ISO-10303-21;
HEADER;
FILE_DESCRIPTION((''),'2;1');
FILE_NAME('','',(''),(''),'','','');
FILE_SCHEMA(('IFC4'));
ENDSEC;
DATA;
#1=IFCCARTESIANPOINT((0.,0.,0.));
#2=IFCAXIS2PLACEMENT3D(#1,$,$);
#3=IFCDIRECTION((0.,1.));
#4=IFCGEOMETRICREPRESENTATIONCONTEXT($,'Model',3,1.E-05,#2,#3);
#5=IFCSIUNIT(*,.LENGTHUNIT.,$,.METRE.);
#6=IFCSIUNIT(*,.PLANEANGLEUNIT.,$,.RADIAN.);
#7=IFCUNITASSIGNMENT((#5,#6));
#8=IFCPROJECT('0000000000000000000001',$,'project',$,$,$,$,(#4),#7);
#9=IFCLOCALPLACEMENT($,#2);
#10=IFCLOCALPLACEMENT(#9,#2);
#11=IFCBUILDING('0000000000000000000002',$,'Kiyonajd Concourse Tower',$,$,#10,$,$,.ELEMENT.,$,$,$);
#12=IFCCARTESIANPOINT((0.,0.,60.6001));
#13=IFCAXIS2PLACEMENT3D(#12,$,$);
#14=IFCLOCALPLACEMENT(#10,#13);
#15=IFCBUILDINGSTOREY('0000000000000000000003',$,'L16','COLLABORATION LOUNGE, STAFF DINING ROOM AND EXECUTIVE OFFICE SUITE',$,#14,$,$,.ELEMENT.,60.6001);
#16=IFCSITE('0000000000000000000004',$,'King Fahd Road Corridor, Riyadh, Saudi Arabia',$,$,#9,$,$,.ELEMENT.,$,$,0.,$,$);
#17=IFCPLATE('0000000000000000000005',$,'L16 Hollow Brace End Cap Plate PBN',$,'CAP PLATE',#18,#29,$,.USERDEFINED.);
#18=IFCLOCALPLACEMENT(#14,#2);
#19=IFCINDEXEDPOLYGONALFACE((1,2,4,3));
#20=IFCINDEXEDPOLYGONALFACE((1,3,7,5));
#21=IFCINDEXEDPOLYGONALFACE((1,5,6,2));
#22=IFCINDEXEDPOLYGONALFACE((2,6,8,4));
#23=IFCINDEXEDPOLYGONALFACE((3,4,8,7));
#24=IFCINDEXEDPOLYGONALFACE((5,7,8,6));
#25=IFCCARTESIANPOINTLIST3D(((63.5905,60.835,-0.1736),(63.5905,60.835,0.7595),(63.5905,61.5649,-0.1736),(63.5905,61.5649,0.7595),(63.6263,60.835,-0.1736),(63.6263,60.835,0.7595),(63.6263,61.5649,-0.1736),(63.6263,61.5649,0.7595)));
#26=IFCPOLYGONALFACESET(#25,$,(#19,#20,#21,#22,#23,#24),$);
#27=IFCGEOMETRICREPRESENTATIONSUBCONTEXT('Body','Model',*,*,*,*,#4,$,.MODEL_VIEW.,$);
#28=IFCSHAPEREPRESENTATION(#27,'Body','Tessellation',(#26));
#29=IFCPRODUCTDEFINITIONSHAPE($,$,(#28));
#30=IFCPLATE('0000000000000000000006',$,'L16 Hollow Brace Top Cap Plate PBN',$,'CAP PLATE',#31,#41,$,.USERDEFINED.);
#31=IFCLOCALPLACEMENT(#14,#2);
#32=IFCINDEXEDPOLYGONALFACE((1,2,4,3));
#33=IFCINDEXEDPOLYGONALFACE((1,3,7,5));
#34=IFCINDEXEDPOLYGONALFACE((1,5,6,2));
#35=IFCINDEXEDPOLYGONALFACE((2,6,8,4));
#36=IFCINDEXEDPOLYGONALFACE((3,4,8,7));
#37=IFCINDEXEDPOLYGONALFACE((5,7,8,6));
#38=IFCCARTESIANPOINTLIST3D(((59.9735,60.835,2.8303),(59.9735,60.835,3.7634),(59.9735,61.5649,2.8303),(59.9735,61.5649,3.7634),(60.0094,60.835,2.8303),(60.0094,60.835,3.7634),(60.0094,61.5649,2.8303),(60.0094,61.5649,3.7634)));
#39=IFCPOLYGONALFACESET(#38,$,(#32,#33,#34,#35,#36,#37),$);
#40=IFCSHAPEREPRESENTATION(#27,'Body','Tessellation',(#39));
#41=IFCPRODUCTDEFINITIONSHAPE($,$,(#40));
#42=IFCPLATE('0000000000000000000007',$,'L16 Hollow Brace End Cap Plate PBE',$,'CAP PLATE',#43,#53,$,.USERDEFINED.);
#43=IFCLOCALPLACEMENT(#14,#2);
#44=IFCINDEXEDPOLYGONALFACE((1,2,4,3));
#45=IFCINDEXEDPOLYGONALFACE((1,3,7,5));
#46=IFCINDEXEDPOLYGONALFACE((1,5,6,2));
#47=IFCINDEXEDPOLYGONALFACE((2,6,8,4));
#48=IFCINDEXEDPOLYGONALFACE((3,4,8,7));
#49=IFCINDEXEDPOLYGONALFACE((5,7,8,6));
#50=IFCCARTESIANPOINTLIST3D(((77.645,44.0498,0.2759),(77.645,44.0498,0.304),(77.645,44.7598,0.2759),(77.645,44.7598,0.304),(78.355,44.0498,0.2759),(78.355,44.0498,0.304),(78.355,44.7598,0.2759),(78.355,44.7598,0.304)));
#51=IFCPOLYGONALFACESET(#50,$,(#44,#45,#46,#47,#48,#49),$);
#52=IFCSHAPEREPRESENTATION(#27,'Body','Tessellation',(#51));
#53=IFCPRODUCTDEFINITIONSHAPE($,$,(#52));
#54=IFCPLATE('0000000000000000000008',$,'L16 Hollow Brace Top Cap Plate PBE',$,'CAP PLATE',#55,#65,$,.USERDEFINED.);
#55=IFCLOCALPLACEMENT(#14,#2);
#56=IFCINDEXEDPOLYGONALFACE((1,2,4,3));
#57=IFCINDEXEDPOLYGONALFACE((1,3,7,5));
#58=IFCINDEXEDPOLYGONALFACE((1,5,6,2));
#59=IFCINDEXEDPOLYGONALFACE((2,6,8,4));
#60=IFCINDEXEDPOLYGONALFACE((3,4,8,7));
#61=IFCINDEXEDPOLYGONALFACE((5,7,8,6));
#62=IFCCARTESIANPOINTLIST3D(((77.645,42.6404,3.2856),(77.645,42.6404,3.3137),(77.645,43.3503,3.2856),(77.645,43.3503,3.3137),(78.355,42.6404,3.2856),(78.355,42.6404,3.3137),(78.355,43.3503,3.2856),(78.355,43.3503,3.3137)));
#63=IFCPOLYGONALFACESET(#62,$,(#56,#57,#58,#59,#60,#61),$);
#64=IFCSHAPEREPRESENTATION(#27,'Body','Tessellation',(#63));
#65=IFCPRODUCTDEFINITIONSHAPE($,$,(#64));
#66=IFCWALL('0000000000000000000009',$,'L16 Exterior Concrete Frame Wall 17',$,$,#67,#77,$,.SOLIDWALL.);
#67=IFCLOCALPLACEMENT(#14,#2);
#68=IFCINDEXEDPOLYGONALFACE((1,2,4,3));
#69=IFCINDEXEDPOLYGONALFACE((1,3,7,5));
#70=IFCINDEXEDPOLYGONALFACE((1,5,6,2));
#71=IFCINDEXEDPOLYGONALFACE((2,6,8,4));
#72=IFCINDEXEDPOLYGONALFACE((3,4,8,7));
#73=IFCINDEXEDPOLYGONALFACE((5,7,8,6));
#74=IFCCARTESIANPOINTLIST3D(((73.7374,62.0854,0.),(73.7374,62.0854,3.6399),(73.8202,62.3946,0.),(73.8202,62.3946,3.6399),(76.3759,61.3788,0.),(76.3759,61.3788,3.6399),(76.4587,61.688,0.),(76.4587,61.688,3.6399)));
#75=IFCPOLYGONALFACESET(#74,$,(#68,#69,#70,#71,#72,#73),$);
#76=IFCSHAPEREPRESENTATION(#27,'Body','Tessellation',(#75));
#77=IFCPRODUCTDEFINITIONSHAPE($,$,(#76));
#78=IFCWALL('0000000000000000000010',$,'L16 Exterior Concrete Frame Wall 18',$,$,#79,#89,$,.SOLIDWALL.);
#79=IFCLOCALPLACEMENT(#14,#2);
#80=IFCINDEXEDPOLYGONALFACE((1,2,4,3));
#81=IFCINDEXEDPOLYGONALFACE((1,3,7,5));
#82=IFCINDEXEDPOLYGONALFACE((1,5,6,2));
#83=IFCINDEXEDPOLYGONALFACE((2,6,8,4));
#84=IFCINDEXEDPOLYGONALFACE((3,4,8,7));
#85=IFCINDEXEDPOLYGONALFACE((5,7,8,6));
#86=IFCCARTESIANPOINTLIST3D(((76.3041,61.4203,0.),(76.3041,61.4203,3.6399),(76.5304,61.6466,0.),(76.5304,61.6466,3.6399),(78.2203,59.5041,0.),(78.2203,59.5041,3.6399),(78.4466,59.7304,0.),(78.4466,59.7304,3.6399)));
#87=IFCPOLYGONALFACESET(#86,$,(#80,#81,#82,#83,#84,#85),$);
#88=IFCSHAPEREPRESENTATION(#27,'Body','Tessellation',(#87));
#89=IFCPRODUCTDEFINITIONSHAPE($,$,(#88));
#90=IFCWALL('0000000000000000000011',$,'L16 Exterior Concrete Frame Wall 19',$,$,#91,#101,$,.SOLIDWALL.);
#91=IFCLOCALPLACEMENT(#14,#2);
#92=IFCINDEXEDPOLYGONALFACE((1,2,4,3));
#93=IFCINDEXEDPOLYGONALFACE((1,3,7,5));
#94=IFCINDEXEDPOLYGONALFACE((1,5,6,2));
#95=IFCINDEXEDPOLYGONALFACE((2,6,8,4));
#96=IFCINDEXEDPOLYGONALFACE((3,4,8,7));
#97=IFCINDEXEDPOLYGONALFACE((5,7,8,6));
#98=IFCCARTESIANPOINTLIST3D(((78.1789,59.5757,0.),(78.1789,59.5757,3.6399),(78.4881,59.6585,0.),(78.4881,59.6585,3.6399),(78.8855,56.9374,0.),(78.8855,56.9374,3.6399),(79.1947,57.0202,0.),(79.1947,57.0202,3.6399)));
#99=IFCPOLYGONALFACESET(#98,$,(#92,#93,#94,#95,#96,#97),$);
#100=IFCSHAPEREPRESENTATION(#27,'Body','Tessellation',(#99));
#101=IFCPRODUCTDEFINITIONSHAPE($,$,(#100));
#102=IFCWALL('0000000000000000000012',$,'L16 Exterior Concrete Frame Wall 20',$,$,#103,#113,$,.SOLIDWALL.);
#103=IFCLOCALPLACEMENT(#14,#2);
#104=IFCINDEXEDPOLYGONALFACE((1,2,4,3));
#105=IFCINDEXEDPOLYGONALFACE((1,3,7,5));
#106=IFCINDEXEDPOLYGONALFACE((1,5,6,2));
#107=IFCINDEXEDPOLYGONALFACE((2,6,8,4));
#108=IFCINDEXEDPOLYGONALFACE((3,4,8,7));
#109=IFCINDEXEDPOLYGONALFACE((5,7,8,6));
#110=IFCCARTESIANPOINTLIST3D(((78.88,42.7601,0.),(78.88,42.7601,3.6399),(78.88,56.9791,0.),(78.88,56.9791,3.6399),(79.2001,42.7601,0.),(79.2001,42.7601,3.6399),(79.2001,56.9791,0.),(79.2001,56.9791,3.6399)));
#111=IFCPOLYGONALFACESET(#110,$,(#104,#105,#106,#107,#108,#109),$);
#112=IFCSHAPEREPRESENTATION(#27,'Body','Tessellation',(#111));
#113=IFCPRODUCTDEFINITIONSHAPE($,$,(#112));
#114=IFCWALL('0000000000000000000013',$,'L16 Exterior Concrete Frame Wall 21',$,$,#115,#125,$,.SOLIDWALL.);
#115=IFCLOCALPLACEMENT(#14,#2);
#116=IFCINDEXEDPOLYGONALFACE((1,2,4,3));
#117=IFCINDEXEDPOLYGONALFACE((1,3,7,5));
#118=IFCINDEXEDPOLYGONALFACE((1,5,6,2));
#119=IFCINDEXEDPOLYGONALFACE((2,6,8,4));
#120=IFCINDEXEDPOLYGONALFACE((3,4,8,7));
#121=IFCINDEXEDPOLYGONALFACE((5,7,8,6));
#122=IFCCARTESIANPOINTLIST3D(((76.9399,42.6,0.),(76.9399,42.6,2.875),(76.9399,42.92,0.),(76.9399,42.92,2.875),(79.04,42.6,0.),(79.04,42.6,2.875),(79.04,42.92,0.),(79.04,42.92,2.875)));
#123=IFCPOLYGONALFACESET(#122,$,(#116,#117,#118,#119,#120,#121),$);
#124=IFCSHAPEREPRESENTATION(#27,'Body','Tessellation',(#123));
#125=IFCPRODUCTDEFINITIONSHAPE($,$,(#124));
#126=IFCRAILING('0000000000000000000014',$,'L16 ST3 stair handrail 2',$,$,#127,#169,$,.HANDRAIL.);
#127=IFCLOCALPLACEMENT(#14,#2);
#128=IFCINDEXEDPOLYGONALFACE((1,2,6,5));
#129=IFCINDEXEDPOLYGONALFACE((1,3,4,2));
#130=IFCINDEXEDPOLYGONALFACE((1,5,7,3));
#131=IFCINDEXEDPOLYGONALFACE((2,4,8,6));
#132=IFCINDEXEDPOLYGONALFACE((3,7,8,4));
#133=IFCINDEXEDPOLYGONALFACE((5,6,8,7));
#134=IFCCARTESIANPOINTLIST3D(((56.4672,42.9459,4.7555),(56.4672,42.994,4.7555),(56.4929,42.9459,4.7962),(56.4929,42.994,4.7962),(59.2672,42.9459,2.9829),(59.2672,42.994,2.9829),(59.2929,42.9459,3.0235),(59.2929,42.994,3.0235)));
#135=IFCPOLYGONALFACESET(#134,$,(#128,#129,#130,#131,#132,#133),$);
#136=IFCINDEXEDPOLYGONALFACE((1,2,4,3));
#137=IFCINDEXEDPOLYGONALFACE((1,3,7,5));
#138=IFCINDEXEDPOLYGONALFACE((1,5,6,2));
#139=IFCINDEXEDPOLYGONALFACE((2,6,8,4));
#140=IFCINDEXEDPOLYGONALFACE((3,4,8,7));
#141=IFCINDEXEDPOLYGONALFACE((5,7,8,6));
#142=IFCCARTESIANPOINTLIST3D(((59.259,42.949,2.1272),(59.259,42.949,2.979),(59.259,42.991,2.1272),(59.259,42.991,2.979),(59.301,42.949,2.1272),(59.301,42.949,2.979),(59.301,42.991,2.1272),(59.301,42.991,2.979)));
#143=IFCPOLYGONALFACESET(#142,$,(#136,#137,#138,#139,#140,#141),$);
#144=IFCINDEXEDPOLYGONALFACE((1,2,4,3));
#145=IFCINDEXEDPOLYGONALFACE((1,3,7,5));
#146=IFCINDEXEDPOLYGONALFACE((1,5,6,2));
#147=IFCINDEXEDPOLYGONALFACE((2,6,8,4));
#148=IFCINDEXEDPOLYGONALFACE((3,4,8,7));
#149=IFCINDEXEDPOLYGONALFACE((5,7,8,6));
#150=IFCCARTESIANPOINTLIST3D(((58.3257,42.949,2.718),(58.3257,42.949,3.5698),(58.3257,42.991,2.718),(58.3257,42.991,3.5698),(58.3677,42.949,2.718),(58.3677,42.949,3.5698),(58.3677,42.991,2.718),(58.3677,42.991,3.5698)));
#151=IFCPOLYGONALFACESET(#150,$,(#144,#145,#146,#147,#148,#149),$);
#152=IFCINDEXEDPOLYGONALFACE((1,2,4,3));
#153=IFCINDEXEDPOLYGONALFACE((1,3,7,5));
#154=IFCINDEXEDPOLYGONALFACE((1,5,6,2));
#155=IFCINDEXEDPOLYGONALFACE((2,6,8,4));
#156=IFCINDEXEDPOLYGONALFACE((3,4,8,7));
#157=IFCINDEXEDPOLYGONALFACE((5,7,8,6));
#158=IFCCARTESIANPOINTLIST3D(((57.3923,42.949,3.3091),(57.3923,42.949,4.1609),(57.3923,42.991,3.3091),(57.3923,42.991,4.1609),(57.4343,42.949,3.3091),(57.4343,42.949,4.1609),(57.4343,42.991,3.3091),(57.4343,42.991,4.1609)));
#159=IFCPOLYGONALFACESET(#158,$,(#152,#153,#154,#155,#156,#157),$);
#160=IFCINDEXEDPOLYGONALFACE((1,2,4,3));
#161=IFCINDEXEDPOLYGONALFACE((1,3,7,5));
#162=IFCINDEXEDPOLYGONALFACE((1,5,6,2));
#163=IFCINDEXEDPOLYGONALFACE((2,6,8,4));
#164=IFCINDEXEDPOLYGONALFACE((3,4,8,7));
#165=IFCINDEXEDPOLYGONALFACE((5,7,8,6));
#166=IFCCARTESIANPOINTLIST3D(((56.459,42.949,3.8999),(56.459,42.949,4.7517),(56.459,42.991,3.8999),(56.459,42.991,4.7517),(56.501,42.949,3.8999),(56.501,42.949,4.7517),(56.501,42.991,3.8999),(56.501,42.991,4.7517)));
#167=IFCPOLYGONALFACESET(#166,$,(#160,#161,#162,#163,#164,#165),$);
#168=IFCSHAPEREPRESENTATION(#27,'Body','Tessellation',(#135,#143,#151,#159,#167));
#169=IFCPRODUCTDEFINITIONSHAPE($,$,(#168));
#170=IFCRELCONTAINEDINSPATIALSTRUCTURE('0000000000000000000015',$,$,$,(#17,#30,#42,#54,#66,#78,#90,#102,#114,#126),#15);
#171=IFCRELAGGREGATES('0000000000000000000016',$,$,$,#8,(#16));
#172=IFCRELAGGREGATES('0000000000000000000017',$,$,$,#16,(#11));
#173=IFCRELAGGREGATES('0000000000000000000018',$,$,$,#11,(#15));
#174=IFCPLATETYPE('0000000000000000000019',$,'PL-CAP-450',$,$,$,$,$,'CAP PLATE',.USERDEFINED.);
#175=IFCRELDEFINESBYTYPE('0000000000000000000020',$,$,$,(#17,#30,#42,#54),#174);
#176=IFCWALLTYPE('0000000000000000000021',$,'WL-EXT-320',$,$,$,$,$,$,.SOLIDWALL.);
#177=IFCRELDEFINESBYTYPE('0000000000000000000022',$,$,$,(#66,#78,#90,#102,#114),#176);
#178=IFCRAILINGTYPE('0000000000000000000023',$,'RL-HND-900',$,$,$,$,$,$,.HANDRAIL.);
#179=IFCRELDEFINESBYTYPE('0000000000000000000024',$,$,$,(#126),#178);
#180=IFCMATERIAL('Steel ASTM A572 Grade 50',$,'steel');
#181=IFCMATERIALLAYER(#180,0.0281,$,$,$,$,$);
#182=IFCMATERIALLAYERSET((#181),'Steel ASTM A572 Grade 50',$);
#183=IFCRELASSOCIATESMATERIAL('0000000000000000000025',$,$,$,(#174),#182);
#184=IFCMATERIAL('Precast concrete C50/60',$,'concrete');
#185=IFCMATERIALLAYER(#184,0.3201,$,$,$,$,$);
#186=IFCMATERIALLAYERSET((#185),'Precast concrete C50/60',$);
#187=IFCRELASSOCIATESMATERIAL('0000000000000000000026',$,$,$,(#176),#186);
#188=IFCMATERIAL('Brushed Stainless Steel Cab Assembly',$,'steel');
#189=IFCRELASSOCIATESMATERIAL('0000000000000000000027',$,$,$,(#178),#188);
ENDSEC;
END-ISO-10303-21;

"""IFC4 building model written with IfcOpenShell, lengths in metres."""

from ifc_helpers import new_model, si_unit, direction, frame, frame_2d, origin, origin_2d, place, context, subcontext, project, spatial, rectangle, extrude, material, layer, layer_set, type_object, element, save


model = new_model("IFC4")

# Units and contexts
model_context = context("Model", 3, precision=1e-05, world=origin(), true_north=direction((0.0, 1.0)))
body_context = subcontext(model_context, "Body", "Model", "MODEL_VIEW")
ifc_project = project(units=[si_unit("LENGTHUNIT", "METRE"), si_unit("PLANEANGLEUNIT", "RADIAN")], contexts=[model_context])

# Site, building, storey
site_placement = place(None, origin())
site = spatial("IfcSite", under=ifc_project, at=site_placement, Name="King Fahd Road Corridor, Riyadh, Saudi Arabia", CompositionType="ELEMENT", RefElevation=0.0)
building_placement = place(site_placement, origin())
building = spatial("IfcBuilding", under=site, at=building_placement, Name="Kiyonajd Concourse Tower", CompositionType="ELEMENT")
storey_placement = place(building_placement, frame((0.0, 0.0, 60.6001)))
storey = spatial("IfcBuildingStorey", under=building, at=storey_placement, Name="L16", Description="COLLABORATION LOUNGE, STAFF DINING ROOM AND EXECUTIVE OFFICE SUITE", CompositionType="ELEMENT", Elevation=60.6001)

# Shared definitions
ifc_material_1 = material(Name="Precast concrete C50/60", Category="concrete")

# Shared definitions
ifc_material_2 = material(Name="Steel ASTM A572 Grade 50", Category="steel")

# Plates
ifc_layer_1 = layer(ifc_material_2, 0.0281)
ifc_layer_set_1 = layer_set([ifc_layer_1], Name="Steel ASTM A572 Grade 50")
plate_type = type_object("IfcPlateType", Name="PL-CAP-450", ElementType="CAP PLATE", PredefinedType="USERDEFINED", material=ifc_layer_set_1)
for number, where, z_axis, x_axis, name in (
    (1, (63.6084, 61.2, -0.1736), (0.0, 0.0, 1.0), (1.0, 0.0, 0.0), "L16 Hollow Brace End Cap Plate PBN"),
    (2, (59.9915, 61.2, 2.8303), (0.0, 0.0, 1.0), (-1.0, 0.0, 0.0), "L16 Hollow Brace Top Cap Plate PBN"),
):
    element("IfcPlate", number, at=place(storey_placement, frame(where, z_axis=z_axis, x_axis=x_axis)), inside=storey, type_object=plate_type, Name=name, ObjectType="CAP PLATE", PredefinedType="USERDEFINED", context=body_context, shape_type="SweptSolid", body=[
        extrude(rectangle(XDim=0.0359, YDim=0.73, at=origin_2d()), origin(), (0.0, 0.0, 1.0), 0.9331),
    ])
for number, where, z_axis, x_axis, name in (
    (3, (78.0, 44.4048, 0.2759), (0.0, 0.0, 1.0), (1.0, 0.0, 0.0), "L16 Hollow Brace End Cap Plate PBE"),
    (4, (78.0, 42.9954, 3.2856), (0.0, 0.0, 1.0), (1.0, 0.0, 0.0), "L16 Hollow Brace Top Cap Plate PBE"),
):
    element("IfcPlate", number, at=place(storey_placement, frame(where, z_axis=z_axis, x_axis=x_axis)), inside=storey, type_object=plate_type, Name=name, ObjectType="CAP PLATE", PredefinedType="USERDEFINED", context=body_context, shape_type="SweptSolid", body=[
        extrude(rectangle(XDim=0.71, YDim=0.71, at=origin_2d()), origin(), (0.0, 0.0, 1.0), 0.0281),
    ])

# Walls
ifc_layer_2 = layer(ifc_material_1, 0.3201)
ifc_layer_set_2 = layer_set([ifc_layer_2], Name="Precast concrete C50/60")
wall_type = type_object("IfcWallType", Name="WL-EXT-320", PredefinedType="SOLIDWALL", material=ifc_layer_set_2)
wall_1_placement = place(storey_placement, frame((73.7788, 62.24, 0.0), z_axis=(0.0, 0.0, 1.0), x_axis=(0.965964, -0.258675, 0.0)))
element("IfcWall", 5, at=wall_1_placement, inside=storey, type_object=wall_type, Name="L16 Exterior Concrete Frame Wall 17", PredefinedType="SOLIDWALL", context=body_context, shape_type="SweptSolid", body=[
    extrude(rectangle(XDim=2.7314, YDim=0.3201, at=frame_2d((1.3657, 0.0))), origin(), (0.0, 0.0, 1.0), 3.6399),
])
wall_2_placement = place(storey_placement, frame((76.4172, 61.5334, 0.0), z_axis=(0.0, 0.0, 1.0), x_axis=(0.707107, -0.707107, 0.0)))
element("IfcWall", 6, at=wall_2_placement, inside=storey, type_object=wall_type, Name="L16 Exterior Concrete Frame Wall 18", PredefinedType="SOLIDWALL", context=body_context, shape_type="SweptSolid", body=[
    extrude(rectangle(XDim=2.71, YDim=0.3201, at=frame_2d((1.355, 0.0))), origin(), (0.0, 0.0, 1.0), 3.6399),
])
wall_3_placement = place(storey_placement, frame((78.3335, 59.6172, 0.0), z_axis=(0.0, 0.0, 1.0), x_axis=(0.258697, -0.965958, 0.0)))
element("IfcWall", 7, at=wall_3_placement, inside=storey, type_object=wall_type, Name="L16 Exterior Concrete Frame Wall 19", PredefinedType="SOLIDWALL", context=body_context, shape_type="SweptSolid", body=[
    extrude(rectangle(XDim=2.7312, YDim=0.3201, at=frame_2d((1.3657, 0.0))), origin(), (0.0, 0.0, 1.0), 3.6399),
])
wall_4_placement = place(storey_placement, frame((79.04, 56.979, 0.0), z_axis=(0.0, 0.0, 1.0), x_axis=(0.0, -1.0, 0.0)))
element("IfcWall", 8, at=wall_4_placement, inside=storey, type_object=wall_type, Name="L16 Exterior Concrete Frame Wall 20", PredefinedType="SOLIDWALL", context=body_context, shape_type="SweptSolid", body=[
    extrude(rectangle(XDim=14.219, YDim=0.3201, at=frame_2d((7.1094, 0.0))), origin(), (0.0, 0.0, 1.0), 3.6399),
])
wall_5_placement = place(storey_placement, frame((79.04, 42.76, 0.0), z_axis=(0.0, 0.0, 1.0), x_axis=(-1.0, 0.0, 0.0)))
element("IfcWall", 9, at=wall_5_placement, inside=storey, type_object=wall_type, Name="L16 Exterior Concrete Frame Wall 21", PredefinedType="SOLIDWALL", context=body_context, shape_type="SweptSolid", body=[
    extrude(rectangle(XDim=2.1001, YDim=0.3201, at=frame_2d((1.05, 0.0))), origin(), (0.0, 0.0, 1.0), 2.875),
])

# Railing
ifc_material_3 = material(Name="Brushed Stainless Steel Cab Assembly", Category="steel")
railing_type = type_object("IfcRailingType", Name="RL-HND-900", PredefinedType="HANDRAIL", material=ifc_material_3)
railing_placement = place(storey_placement, frame((59.28, 42.97, 2.1272)))
element("IfcRailing", 10, at=railing_placement, inside=storey, type_object=railing_type, Name="L16 ST3 stair handrail 2", PredefinedType="HANDRAIL", context=body_context, shape_type="SweptSolid", body=[
    extrude(rectangle(XDim=0.0481, YDim=0.0481, at=origin_2d()), frame((0.0, 0.0, 0.876), z_axis=(-0.844909, 0.0, 0.53491), x_axis=(0.0, -1.0, 0.0)), (0.0, 0.0, 1.0), 3.314),
    extrude(rectangle(XDim=0.042, YDim=0.042, at=origin_2d()), origin(), (0.0, 0.0, 1.0), 0.8518),
    extrude(rectangle(XDim=0.042, YDim=0.042, at=origin_2d()), frame((-0.9333, 0.0, 0.5908)), (0.0, 0.0, 1.0), 0.8518),
    extrude(rectangle(XDim=0.042, YDim=0.042, at=origin_2d()), frame((-1.8667, 0.0, 1.1819)), (0.0, 0.0, 1.0), 0.8518),
    extrude(rectangle(XDim=0.042, YDim=0.042, at=origin_2d()), frame((-2.8, 0.0, 1.7727)), (0.0, 0.0, 1.0), 0.8518),
])

save(model, "model.ifc")
